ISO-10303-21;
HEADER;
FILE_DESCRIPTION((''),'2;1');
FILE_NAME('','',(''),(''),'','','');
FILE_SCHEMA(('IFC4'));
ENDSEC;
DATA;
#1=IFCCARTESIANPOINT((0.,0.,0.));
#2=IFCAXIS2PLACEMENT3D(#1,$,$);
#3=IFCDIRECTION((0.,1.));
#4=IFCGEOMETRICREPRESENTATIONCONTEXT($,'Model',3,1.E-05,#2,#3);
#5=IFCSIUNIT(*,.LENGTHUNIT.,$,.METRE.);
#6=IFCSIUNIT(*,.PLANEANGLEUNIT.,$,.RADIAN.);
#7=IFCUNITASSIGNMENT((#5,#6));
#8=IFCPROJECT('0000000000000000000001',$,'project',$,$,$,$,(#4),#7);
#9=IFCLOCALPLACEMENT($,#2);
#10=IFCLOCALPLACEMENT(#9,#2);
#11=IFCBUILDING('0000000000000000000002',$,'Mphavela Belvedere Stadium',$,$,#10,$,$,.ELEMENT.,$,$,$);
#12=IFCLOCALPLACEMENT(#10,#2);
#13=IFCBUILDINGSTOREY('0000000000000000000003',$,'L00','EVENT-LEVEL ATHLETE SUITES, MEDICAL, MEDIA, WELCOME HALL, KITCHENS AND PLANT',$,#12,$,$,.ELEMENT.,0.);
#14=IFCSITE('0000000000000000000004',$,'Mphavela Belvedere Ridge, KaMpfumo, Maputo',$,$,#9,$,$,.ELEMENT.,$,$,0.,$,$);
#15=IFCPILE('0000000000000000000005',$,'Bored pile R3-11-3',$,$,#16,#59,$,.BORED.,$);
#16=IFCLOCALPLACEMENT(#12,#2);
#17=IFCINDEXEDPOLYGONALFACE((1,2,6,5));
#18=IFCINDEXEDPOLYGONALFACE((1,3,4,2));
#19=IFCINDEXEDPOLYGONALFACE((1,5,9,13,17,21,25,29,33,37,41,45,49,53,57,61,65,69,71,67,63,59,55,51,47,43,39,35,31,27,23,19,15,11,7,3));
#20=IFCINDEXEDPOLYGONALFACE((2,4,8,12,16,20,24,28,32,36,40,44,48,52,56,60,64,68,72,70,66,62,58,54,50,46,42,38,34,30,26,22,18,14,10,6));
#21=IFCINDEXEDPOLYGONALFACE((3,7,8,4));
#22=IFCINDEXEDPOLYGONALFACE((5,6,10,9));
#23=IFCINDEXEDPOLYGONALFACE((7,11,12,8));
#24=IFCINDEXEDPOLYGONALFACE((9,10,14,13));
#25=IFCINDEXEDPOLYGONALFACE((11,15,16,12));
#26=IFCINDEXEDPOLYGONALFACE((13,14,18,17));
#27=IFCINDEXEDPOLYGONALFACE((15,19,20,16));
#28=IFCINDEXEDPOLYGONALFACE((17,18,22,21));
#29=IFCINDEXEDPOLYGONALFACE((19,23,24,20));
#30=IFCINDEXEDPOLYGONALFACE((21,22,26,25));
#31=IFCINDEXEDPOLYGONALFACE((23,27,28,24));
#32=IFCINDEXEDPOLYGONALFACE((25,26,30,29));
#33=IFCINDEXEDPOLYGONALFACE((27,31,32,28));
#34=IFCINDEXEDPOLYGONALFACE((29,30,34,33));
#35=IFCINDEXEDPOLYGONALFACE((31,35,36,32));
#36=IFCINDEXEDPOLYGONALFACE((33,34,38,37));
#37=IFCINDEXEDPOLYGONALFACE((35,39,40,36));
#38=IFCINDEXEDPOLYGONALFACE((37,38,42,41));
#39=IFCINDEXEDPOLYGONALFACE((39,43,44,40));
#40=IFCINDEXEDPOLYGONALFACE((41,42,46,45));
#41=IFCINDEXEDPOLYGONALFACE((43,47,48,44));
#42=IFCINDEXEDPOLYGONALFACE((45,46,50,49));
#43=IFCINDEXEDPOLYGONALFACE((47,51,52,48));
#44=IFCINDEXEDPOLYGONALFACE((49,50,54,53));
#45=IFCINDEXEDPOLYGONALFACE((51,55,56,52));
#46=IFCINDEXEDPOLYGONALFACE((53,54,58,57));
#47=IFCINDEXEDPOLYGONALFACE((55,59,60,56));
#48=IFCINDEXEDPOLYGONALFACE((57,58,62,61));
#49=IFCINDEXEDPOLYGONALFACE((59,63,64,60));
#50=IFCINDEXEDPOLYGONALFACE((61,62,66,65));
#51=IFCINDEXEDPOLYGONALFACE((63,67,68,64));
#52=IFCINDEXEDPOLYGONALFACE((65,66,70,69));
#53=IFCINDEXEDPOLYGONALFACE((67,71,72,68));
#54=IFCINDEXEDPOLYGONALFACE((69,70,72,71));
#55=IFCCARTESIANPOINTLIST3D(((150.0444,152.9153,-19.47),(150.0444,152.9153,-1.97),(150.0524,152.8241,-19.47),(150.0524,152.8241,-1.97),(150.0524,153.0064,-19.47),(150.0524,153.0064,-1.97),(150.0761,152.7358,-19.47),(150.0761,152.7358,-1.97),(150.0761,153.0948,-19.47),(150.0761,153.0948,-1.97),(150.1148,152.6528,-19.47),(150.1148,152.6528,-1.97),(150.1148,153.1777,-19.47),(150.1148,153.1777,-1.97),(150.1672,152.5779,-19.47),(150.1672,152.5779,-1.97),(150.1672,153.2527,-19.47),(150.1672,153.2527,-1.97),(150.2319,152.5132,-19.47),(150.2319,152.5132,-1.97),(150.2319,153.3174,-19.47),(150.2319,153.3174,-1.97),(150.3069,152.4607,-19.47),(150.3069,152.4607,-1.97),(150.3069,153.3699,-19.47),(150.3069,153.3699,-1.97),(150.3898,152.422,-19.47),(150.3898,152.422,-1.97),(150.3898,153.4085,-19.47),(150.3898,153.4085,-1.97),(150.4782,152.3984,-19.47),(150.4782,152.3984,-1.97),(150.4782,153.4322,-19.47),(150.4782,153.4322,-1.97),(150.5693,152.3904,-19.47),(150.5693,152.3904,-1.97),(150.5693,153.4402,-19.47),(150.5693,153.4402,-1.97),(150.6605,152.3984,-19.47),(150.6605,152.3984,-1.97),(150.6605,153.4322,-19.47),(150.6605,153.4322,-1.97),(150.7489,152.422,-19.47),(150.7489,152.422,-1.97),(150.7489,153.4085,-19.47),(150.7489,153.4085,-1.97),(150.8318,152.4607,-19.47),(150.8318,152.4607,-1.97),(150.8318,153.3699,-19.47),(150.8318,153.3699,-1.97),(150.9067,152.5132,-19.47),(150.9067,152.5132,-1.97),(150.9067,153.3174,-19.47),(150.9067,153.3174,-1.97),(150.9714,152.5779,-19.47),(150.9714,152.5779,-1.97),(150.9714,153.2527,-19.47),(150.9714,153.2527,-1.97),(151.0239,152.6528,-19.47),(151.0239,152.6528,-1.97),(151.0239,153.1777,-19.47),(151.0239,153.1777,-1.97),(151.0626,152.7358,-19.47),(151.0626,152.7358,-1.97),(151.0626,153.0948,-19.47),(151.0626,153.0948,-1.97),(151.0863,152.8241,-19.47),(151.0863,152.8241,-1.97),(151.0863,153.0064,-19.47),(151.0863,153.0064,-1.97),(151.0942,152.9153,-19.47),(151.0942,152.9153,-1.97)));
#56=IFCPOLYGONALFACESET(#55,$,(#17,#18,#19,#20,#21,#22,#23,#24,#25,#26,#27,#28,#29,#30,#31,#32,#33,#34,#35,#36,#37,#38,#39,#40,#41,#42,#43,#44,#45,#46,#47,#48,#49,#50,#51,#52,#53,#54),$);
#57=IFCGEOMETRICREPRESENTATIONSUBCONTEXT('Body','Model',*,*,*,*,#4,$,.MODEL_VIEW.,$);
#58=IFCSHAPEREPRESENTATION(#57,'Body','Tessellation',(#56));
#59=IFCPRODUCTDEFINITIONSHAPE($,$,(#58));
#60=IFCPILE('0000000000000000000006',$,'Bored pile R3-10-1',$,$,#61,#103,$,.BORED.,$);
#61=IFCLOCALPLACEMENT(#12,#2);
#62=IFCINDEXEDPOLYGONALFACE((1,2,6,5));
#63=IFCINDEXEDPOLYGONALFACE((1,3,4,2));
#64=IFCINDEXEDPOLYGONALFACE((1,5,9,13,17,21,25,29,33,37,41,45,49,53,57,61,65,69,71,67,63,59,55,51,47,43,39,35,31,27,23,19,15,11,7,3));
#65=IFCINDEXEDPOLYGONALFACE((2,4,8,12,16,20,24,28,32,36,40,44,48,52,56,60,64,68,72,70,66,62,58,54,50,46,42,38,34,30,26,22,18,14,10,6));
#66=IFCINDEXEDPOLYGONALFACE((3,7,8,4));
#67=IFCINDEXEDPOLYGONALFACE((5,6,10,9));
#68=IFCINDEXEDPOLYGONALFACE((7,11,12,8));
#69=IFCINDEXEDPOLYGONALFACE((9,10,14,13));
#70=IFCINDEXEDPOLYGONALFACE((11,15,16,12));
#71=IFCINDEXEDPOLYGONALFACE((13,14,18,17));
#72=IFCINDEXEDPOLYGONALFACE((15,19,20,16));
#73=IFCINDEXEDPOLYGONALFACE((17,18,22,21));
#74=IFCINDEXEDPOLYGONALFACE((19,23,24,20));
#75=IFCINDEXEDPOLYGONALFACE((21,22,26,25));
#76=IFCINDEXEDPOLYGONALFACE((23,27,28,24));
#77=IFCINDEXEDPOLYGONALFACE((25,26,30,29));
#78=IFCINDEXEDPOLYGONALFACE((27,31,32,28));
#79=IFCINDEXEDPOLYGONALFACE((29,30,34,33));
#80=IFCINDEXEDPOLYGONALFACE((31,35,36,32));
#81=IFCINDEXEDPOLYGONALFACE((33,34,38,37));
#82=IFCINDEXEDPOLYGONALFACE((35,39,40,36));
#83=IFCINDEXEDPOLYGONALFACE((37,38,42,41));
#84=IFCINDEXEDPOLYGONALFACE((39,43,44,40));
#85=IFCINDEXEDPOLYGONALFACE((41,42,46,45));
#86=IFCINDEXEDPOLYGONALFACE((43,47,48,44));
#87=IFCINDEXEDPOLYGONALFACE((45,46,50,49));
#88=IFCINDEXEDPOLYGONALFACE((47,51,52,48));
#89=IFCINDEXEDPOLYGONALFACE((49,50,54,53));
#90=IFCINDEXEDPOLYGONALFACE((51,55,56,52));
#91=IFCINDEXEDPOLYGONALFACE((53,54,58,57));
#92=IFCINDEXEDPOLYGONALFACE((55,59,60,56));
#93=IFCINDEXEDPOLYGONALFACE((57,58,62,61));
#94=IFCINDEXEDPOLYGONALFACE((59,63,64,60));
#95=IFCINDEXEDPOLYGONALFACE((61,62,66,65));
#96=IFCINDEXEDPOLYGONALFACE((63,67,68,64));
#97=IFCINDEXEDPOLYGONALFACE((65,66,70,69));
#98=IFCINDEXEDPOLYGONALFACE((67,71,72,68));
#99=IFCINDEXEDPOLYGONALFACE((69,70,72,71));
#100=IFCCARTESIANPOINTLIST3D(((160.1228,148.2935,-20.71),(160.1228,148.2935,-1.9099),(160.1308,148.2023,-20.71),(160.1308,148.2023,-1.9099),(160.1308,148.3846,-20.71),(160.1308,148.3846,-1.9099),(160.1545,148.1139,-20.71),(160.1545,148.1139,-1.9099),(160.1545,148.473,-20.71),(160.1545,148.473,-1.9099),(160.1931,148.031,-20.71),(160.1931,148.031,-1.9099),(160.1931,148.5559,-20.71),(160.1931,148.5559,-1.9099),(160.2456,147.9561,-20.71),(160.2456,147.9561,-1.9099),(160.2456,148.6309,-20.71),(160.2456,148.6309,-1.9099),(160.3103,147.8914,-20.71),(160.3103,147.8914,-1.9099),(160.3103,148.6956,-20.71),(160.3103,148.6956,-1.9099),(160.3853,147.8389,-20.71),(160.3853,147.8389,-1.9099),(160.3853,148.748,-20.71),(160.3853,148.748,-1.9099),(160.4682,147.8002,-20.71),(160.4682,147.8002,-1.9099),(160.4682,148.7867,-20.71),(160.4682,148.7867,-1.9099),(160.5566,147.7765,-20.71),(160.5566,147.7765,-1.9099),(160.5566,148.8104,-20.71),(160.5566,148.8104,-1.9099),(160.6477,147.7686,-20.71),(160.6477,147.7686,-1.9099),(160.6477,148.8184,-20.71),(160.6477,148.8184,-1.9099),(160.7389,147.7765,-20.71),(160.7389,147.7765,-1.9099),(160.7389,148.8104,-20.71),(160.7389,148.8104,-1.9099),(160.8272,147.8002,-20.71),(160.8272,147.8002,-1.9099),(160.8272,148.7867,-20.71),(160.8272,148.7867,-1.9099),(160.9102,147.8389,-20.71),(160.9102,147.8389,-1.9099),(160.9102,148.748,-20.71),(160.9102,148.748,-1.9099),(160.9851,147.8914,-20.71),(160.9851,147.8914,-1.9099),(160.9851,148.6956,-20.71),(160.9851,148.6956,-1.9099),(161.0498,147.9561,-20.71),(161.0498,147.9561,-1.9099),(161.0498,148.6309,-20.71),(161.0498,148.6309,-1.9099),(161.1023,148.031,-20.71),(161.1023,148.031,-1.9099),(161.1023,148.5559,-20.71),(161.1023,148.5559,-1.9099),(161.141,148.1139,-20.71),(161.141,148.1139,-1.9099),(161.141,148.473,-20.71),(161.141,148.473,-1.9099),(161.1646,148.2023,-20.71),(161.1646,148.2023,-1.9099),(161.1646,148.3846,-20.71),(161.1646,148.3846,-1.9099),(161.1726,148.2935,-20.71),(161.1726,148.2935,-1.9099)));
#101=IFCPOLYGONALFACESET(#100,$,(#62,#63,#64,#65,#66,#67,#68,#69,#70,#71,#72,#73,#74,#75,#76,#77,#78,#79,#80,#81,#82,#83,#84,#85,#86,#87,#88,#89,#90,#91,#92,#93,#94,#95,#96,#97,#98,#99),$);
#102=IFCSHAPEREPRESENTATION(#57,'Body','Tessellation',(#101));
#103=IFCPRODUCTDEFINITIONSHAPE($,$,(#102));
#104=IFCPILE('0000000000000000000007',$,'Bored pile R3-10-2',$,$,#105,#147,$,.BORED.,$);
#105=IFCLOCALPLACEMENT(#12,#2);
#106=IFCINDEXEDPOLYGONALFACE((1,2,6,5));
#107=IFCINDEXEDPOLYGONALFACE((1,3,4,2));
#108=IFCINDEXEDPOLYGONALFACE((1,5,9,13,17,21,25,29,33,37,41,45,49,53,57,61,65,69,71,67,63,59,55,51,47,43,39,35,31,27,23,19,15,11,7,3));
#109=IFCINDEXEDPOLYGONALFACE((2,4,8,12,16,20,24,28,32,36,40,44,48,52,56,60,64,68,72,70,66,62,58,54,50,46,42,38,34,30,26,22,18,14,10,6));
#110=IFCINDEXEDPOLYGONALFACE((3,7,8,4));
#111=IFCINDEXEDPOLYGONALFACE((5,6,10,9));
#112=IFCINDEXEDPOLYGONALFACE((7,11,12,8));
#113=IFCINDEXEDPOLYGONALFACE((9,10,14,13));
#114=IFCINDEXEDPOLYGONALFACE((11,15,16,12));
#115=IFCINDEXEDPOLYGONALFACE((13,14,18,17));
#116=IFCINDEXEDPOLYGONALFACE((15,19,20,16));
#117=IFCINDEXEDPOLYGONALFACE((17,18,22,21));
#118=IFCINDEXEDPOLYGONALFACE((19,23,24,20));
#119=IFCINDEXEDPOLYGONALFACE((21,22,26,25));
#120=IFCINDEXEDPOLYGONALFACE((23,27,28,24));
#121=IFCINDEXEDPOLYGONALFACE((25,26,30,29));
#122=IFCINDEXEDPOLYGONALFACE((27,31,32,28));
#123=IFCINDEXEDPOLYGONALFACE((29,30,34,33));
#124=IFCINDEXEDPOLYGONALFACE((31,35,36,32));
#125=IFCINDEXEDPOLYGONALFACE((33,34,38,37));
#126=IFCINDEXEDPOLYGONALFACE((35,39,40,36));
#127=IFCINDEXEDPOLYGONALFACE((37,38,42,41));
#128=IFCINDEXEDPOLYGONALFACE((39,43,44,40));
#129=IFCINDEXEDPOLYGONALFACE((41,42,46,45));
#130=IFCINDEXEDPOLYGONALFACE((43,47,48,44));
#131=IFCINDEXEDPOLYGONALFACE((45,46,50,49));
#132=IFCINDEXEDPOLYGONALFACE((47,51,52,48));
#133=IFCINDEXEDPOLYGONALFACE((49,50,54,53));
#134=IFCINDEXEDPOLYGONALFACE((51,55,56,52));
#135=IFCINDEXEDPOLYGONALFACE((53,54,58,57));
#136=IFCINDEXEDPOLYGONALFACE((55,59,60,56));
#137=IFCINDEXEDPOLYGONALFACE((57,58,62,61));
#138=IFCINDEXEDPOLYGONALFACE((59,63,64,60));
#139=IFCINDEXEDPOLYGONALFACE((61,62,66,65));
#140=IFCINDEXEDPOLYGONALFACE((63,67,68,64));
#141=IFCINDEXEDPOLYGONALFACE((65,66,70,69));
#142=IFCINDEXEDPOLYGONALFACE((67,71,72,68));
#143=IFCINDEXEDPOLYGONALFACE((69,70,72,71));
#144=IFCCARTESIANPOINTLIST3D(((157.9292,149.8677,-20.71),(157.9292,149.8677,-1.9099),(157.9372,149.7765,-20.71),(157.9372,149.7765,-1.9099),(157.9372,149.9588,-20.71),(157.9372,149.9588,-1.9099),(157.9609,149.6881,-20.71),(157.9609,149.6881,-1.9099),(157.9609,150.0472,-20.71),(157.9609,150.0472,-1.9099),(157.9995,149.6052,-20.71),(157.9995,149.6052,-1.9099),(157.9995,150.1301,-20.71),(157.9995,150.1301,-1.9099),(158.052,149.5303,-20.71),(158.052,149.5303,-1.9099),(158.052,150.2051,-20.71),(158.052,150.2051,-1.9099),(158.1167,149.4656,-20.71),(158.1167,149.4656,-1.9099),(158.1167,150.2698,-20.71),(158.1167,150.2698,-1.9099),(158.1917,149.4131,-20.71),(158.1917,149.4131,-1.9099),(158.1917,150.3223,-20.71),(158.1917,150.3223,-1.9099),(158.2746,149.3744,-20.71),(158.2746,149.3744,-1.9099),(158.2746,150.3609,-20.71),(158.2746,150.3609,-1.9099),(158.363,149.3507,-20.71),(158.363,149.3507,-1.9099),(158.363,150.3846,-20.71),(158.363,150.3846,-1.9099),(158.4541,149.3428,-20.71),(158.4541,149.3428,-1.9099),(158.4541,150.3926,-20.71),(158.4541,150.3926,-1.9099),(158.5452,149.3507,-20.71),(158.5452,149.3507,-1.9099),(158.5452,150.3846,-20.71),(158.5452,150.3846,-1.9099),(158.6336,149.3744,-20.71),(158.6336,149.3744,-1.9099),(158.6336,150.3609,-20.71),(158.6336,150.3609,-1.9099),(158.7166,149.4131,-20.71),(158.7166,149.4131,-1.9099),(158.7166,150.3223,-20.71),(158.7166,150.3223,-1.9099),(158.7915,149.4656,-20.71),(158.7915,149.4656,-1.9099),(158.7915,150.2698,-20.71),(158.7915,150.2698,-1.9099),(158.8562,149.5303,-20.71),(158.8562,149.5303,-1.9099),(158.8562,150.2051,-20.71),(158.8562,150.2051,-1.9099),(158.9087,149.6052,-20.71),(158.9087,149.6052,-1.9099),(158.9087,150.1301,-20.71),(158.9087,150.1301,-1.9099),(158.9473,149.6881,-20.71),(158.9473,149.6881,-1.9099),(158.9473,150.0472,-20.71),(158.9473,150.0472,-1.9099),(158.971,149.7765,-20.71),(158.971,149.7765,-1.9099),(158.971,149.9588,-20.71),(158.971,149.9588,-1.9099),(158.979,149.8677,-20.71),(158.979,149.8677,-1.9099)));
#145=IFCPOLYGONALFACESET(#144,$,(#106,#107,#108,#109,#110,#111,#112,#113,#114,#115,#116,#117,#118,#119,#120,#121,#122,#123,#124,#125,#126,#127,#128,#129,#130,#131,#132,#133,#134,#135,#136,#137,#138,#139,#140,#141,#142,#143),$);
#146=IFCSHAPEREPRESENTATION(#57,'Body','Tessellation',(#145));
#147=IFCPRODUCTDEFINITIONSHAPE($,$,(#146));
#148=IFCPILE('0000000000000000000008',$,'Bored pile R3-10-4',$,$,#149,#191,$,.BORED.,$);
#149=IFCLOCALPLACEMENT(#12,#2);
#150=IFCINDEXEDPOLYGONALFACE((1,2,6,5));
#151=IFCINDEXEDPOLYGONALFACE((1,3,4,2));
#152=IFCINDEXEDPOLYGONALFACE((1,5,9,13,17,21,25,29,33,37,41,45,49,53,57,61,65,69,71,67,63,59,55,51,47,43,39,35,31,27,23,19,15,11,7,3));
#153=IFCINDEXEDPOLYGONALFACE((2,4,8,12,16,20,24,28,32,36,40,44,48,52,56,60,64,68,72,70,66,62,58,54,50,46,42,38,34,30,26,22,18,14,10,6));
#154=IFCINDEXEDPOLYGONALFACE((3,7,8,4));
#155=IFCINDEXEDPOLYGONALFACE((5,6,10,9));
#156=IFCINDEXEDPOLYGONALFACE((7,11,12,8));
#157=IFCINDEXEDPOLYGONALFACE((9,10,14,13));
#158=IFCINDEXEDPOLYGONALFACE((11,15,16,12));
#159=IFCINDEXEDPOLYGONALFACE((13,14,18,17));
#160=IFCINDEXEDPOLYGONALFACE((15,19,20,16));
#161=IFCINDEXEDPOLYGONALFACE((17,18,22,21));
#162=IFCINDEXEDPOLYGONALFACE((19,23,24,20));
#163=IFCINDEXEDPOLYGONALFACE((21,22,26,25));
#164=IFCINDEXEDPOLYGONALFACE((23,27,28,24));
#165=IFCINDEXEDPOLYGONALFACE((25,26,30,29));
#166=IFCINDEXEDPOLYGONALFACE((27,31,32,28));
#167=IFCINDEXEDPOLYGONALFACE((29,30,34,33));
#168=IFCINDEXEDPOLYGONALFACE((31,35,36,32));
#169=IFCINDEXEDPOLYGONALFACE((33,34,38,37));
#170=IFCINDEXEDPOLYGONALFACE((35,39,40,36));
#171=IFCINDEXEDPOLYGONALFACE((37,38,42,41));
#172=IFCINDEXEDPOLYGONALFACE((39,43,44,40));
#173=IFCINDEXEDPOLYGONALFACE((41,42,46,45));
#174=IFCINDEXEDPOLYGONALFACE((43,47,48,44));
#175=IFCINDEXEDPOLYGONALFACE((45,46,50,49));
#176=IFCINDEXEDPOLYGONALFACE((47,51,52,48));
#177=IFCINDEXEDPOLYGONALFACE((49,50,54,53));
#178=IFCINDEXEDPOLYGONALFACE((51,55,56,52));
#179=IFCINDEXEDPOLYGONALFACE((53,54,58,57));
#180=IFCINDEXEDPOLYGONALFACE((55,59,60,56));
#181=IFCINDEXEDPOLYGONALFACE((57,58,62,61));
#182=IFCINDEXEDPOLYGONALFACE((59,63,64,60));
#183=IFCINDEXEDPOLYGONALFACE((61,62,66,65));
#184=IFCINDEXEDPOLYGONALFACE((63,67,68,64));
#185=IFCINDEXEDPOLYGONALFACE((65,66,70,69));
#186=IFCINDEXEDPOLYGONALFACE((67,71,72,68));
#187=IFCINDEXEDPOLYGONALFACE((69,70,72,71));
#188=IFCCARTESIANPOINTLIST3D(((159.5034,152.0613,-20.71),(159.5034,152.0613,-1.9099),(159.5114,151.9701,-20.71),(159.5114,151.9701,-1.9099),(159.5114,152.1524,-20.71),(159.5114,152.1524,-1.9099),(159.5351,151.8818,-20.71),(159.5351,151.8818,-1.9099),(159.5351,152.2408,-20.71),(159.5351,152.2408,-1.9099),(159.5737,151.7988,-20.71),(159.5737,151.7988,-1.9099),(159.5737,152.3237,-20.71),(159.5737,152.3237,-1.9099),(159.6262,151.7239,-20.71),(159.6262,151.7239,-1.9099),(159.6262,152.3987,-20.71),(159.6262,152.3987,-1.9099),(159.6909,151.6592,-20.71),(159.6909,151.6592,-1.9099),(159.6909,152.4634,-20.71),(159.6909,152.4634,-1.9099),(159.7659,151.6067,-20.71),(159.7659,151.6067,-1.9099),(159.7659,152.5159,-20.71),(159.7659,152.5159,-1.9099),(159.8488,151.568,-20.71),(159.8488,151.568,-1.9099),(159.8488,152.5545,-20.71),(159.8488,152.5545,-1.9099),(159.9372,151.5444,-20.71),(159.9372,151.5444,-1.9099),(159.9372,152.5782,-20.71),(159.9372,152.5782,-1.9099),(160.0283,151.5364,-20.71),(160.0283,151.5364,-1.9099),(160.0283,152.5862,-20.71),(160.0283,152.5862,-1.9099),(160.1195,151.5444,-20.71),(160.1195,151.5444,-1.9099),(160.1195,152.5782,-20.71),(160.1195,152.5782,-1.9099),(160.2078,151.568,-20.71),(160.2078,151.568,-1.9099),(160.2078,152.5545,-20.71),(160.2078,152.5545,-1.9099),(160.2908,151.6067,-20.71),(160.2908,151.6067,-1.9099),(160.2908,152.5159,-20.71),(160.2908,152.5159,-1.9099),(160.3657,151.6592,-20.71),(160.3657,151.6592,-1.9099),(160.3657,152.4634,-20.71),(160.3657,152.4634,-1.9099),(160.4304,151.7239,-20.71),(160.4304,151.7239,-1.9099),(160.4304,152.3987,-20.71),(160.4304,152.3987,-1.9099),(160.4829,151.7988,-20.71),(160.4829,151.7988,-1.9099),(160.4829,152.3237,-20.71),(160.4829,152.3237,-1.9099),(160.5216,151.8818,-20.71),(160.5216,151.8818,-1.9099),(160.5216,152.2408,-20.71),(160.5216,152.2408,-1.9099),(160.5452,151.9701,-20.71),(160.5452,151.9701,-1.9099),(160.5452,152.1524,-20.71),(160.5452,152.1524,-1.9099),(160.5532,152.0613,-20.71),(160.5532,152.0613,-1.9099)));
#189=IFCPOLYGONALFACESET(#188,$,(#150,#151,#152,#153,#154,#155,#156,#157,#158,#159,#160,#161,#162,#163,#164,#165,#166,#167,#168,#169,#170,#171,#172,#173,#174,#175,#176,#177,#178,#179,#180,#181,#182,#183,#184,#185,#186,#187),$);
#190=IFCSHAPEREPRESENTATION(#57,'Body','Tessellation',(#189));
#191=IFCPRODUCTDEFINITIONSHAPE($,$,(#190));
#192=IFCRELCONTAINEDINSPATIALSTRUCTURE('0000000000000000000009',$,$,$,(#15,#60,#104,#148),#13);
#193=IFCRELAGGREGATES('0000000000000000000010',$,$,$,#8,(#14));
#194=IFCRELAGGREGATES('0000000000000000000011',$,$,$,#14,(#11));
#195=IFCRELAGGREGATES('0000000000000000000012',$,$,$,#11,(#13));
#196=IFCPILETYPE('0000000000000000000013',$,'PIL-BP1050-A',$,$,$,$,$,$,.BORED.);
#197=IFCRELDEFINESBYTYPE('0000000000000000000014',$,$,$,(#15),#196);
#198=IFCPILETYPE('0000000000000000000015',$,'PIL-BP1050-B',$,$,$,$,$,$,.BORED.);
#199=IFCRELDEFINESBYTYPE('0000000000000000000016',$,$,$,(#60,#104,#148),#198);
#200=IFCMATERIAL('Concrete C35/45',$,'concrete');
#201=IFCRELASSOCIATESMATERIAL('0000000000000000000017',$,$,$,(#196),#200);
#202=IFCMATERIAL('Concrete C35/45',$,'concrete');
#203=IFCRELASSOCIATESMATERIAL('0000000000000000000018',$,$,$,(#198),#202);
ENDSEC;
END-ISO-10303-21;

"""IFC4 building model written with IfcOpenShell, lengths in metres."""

from ifc_helpers import new_model, si_unit, direction, frame, origin, origin_2d, place, context, subcontext, project, spatial, circle, extrude, material, material_profile, profile_set, type_object, element, save


model = new_model("IFC4")

# Units and contexts
model_context = context("Model", 3, precision=1e-05, world=origin(), true_north=direction((0.0, 1.0)))
body_context = subcontext(model_context, "Body", "Model", "MODEL_VIEW")
ifc_project = project(units=[si_unit("LENGTHUNIT", "METRE"), si_unit("PLANEANGLEUNIT", "RADIAN")], contexts=[model_context])

# Site, building, storey
site_placement = place(None, origin())
site = spatial("IfcSite", under=ifc_project, at=site_placement, Name="Mphavela Belvedere Ridge, KaMpfumo, Maputo", CompositionType="ELEMENT", RefElevation=0.0)
building_placement = place(site_placement, origin())
building = spatial("IfcBuilding", under=site, at=building_placement, Name="Mphavela Belvedere Stadium", CompositionType="ELEMENT")
storey_placement = place(building_placement, origin())
storey = spatial("IfcBuildingStorey", under=building, at=storey_placement, Name="L00", Description="EVENT-LEVEL ATHLETE SUITES, MEDICAL, MEDIA, WELCOME HALL, KITCHENS AND PLANT", CompositionType="ELEMENT", Elevation=0.0)

# Piles
ifc_material_1 = material(Name="Concrete C35/45", Category="concrete")
ifc_material_profile_1 = material_profile(ifc_material_1, circle(Radius=0.5249, at=origin_2d()), Name="BP D1050")
ifc_profile_set_1 = profile_set([ifc_material_profile_1], Name="Concrete C35/45")
pile_type_1 = type_object("IfcPileType", Name="PIL-BP1050-A", PredefinedType="BORED", material=ifc_profile_set_1)
for number, where, z_axis, x_axis, name in (
    (1, (150.5693, 152.9153, -1.97), (0.0, 0.0, -1.0), (1.0, 0.0, 0.0), "Bored pile R3-11-3"),
):
    element("IfcPile", number, at=place(storey_placement, frame(where, z_axis=z_axis, x_axis=x_axis)), inside=storey, type_object=pile_type_1, Name=name, PredefinedType="BORED", context=body_context, shape_type="SweptSolid", body=[
        extrude(circle(Radius=0.5249, at=origin_2d()), origin(), (0.0, 0.0, 1.0), 17.5),
    ])
ifc_material_2 = material(Name="Concrete C35/45", Category="concrete")
ifc_material_profile_2 = material_profile(ifc_material_2, circle(Radius=0.5249, at=origin_2d()), Name="BP D1050")
ifc_profile_set_2 = profile_set([ifc_material_profile_2], Name="Concrete C35/45")
pile_type_2 = type_object("IfcPileType", Name="PIL-BP1050-B", PredefinedType="BORED", material=ifc_profile_set_2)
for number, where, z_axis, x_axis, name in (
    (2, (160.6477, 148.2935, -1.9099), (0.0, 0.0, -1.0), (1.0, 0.0, 0.0), "Bored pile R3-10-1"),
    (3, (158.4541, 149.8677, -1.9099), (0.0, 0.0, -1.0), (1.0, 0.0, 0.0), "Bored pile R3-10-2"),
    (4, (160.0283, 152.0613, -1.9099), (0.0, 0.0, -1.0), (1.0, 0.0, 0.0), "Bored pile R3-10-4"),
):
    element("IfcPile", number, at=place(storey_placement, frame(where, z_axis=z_axis, x_axis=x_axis)), inside=storey, type_object=pile_type_2, Name=name, PredefinedType="BORED", context=body_context, shape_type="SweptSolid", body=[
        extrude(circle(Radius=0.5249, at=origin_2d()), origin(), (0.0, 0.0, 1.0), 18.8),
    ])

save(model, "model.ifc")
